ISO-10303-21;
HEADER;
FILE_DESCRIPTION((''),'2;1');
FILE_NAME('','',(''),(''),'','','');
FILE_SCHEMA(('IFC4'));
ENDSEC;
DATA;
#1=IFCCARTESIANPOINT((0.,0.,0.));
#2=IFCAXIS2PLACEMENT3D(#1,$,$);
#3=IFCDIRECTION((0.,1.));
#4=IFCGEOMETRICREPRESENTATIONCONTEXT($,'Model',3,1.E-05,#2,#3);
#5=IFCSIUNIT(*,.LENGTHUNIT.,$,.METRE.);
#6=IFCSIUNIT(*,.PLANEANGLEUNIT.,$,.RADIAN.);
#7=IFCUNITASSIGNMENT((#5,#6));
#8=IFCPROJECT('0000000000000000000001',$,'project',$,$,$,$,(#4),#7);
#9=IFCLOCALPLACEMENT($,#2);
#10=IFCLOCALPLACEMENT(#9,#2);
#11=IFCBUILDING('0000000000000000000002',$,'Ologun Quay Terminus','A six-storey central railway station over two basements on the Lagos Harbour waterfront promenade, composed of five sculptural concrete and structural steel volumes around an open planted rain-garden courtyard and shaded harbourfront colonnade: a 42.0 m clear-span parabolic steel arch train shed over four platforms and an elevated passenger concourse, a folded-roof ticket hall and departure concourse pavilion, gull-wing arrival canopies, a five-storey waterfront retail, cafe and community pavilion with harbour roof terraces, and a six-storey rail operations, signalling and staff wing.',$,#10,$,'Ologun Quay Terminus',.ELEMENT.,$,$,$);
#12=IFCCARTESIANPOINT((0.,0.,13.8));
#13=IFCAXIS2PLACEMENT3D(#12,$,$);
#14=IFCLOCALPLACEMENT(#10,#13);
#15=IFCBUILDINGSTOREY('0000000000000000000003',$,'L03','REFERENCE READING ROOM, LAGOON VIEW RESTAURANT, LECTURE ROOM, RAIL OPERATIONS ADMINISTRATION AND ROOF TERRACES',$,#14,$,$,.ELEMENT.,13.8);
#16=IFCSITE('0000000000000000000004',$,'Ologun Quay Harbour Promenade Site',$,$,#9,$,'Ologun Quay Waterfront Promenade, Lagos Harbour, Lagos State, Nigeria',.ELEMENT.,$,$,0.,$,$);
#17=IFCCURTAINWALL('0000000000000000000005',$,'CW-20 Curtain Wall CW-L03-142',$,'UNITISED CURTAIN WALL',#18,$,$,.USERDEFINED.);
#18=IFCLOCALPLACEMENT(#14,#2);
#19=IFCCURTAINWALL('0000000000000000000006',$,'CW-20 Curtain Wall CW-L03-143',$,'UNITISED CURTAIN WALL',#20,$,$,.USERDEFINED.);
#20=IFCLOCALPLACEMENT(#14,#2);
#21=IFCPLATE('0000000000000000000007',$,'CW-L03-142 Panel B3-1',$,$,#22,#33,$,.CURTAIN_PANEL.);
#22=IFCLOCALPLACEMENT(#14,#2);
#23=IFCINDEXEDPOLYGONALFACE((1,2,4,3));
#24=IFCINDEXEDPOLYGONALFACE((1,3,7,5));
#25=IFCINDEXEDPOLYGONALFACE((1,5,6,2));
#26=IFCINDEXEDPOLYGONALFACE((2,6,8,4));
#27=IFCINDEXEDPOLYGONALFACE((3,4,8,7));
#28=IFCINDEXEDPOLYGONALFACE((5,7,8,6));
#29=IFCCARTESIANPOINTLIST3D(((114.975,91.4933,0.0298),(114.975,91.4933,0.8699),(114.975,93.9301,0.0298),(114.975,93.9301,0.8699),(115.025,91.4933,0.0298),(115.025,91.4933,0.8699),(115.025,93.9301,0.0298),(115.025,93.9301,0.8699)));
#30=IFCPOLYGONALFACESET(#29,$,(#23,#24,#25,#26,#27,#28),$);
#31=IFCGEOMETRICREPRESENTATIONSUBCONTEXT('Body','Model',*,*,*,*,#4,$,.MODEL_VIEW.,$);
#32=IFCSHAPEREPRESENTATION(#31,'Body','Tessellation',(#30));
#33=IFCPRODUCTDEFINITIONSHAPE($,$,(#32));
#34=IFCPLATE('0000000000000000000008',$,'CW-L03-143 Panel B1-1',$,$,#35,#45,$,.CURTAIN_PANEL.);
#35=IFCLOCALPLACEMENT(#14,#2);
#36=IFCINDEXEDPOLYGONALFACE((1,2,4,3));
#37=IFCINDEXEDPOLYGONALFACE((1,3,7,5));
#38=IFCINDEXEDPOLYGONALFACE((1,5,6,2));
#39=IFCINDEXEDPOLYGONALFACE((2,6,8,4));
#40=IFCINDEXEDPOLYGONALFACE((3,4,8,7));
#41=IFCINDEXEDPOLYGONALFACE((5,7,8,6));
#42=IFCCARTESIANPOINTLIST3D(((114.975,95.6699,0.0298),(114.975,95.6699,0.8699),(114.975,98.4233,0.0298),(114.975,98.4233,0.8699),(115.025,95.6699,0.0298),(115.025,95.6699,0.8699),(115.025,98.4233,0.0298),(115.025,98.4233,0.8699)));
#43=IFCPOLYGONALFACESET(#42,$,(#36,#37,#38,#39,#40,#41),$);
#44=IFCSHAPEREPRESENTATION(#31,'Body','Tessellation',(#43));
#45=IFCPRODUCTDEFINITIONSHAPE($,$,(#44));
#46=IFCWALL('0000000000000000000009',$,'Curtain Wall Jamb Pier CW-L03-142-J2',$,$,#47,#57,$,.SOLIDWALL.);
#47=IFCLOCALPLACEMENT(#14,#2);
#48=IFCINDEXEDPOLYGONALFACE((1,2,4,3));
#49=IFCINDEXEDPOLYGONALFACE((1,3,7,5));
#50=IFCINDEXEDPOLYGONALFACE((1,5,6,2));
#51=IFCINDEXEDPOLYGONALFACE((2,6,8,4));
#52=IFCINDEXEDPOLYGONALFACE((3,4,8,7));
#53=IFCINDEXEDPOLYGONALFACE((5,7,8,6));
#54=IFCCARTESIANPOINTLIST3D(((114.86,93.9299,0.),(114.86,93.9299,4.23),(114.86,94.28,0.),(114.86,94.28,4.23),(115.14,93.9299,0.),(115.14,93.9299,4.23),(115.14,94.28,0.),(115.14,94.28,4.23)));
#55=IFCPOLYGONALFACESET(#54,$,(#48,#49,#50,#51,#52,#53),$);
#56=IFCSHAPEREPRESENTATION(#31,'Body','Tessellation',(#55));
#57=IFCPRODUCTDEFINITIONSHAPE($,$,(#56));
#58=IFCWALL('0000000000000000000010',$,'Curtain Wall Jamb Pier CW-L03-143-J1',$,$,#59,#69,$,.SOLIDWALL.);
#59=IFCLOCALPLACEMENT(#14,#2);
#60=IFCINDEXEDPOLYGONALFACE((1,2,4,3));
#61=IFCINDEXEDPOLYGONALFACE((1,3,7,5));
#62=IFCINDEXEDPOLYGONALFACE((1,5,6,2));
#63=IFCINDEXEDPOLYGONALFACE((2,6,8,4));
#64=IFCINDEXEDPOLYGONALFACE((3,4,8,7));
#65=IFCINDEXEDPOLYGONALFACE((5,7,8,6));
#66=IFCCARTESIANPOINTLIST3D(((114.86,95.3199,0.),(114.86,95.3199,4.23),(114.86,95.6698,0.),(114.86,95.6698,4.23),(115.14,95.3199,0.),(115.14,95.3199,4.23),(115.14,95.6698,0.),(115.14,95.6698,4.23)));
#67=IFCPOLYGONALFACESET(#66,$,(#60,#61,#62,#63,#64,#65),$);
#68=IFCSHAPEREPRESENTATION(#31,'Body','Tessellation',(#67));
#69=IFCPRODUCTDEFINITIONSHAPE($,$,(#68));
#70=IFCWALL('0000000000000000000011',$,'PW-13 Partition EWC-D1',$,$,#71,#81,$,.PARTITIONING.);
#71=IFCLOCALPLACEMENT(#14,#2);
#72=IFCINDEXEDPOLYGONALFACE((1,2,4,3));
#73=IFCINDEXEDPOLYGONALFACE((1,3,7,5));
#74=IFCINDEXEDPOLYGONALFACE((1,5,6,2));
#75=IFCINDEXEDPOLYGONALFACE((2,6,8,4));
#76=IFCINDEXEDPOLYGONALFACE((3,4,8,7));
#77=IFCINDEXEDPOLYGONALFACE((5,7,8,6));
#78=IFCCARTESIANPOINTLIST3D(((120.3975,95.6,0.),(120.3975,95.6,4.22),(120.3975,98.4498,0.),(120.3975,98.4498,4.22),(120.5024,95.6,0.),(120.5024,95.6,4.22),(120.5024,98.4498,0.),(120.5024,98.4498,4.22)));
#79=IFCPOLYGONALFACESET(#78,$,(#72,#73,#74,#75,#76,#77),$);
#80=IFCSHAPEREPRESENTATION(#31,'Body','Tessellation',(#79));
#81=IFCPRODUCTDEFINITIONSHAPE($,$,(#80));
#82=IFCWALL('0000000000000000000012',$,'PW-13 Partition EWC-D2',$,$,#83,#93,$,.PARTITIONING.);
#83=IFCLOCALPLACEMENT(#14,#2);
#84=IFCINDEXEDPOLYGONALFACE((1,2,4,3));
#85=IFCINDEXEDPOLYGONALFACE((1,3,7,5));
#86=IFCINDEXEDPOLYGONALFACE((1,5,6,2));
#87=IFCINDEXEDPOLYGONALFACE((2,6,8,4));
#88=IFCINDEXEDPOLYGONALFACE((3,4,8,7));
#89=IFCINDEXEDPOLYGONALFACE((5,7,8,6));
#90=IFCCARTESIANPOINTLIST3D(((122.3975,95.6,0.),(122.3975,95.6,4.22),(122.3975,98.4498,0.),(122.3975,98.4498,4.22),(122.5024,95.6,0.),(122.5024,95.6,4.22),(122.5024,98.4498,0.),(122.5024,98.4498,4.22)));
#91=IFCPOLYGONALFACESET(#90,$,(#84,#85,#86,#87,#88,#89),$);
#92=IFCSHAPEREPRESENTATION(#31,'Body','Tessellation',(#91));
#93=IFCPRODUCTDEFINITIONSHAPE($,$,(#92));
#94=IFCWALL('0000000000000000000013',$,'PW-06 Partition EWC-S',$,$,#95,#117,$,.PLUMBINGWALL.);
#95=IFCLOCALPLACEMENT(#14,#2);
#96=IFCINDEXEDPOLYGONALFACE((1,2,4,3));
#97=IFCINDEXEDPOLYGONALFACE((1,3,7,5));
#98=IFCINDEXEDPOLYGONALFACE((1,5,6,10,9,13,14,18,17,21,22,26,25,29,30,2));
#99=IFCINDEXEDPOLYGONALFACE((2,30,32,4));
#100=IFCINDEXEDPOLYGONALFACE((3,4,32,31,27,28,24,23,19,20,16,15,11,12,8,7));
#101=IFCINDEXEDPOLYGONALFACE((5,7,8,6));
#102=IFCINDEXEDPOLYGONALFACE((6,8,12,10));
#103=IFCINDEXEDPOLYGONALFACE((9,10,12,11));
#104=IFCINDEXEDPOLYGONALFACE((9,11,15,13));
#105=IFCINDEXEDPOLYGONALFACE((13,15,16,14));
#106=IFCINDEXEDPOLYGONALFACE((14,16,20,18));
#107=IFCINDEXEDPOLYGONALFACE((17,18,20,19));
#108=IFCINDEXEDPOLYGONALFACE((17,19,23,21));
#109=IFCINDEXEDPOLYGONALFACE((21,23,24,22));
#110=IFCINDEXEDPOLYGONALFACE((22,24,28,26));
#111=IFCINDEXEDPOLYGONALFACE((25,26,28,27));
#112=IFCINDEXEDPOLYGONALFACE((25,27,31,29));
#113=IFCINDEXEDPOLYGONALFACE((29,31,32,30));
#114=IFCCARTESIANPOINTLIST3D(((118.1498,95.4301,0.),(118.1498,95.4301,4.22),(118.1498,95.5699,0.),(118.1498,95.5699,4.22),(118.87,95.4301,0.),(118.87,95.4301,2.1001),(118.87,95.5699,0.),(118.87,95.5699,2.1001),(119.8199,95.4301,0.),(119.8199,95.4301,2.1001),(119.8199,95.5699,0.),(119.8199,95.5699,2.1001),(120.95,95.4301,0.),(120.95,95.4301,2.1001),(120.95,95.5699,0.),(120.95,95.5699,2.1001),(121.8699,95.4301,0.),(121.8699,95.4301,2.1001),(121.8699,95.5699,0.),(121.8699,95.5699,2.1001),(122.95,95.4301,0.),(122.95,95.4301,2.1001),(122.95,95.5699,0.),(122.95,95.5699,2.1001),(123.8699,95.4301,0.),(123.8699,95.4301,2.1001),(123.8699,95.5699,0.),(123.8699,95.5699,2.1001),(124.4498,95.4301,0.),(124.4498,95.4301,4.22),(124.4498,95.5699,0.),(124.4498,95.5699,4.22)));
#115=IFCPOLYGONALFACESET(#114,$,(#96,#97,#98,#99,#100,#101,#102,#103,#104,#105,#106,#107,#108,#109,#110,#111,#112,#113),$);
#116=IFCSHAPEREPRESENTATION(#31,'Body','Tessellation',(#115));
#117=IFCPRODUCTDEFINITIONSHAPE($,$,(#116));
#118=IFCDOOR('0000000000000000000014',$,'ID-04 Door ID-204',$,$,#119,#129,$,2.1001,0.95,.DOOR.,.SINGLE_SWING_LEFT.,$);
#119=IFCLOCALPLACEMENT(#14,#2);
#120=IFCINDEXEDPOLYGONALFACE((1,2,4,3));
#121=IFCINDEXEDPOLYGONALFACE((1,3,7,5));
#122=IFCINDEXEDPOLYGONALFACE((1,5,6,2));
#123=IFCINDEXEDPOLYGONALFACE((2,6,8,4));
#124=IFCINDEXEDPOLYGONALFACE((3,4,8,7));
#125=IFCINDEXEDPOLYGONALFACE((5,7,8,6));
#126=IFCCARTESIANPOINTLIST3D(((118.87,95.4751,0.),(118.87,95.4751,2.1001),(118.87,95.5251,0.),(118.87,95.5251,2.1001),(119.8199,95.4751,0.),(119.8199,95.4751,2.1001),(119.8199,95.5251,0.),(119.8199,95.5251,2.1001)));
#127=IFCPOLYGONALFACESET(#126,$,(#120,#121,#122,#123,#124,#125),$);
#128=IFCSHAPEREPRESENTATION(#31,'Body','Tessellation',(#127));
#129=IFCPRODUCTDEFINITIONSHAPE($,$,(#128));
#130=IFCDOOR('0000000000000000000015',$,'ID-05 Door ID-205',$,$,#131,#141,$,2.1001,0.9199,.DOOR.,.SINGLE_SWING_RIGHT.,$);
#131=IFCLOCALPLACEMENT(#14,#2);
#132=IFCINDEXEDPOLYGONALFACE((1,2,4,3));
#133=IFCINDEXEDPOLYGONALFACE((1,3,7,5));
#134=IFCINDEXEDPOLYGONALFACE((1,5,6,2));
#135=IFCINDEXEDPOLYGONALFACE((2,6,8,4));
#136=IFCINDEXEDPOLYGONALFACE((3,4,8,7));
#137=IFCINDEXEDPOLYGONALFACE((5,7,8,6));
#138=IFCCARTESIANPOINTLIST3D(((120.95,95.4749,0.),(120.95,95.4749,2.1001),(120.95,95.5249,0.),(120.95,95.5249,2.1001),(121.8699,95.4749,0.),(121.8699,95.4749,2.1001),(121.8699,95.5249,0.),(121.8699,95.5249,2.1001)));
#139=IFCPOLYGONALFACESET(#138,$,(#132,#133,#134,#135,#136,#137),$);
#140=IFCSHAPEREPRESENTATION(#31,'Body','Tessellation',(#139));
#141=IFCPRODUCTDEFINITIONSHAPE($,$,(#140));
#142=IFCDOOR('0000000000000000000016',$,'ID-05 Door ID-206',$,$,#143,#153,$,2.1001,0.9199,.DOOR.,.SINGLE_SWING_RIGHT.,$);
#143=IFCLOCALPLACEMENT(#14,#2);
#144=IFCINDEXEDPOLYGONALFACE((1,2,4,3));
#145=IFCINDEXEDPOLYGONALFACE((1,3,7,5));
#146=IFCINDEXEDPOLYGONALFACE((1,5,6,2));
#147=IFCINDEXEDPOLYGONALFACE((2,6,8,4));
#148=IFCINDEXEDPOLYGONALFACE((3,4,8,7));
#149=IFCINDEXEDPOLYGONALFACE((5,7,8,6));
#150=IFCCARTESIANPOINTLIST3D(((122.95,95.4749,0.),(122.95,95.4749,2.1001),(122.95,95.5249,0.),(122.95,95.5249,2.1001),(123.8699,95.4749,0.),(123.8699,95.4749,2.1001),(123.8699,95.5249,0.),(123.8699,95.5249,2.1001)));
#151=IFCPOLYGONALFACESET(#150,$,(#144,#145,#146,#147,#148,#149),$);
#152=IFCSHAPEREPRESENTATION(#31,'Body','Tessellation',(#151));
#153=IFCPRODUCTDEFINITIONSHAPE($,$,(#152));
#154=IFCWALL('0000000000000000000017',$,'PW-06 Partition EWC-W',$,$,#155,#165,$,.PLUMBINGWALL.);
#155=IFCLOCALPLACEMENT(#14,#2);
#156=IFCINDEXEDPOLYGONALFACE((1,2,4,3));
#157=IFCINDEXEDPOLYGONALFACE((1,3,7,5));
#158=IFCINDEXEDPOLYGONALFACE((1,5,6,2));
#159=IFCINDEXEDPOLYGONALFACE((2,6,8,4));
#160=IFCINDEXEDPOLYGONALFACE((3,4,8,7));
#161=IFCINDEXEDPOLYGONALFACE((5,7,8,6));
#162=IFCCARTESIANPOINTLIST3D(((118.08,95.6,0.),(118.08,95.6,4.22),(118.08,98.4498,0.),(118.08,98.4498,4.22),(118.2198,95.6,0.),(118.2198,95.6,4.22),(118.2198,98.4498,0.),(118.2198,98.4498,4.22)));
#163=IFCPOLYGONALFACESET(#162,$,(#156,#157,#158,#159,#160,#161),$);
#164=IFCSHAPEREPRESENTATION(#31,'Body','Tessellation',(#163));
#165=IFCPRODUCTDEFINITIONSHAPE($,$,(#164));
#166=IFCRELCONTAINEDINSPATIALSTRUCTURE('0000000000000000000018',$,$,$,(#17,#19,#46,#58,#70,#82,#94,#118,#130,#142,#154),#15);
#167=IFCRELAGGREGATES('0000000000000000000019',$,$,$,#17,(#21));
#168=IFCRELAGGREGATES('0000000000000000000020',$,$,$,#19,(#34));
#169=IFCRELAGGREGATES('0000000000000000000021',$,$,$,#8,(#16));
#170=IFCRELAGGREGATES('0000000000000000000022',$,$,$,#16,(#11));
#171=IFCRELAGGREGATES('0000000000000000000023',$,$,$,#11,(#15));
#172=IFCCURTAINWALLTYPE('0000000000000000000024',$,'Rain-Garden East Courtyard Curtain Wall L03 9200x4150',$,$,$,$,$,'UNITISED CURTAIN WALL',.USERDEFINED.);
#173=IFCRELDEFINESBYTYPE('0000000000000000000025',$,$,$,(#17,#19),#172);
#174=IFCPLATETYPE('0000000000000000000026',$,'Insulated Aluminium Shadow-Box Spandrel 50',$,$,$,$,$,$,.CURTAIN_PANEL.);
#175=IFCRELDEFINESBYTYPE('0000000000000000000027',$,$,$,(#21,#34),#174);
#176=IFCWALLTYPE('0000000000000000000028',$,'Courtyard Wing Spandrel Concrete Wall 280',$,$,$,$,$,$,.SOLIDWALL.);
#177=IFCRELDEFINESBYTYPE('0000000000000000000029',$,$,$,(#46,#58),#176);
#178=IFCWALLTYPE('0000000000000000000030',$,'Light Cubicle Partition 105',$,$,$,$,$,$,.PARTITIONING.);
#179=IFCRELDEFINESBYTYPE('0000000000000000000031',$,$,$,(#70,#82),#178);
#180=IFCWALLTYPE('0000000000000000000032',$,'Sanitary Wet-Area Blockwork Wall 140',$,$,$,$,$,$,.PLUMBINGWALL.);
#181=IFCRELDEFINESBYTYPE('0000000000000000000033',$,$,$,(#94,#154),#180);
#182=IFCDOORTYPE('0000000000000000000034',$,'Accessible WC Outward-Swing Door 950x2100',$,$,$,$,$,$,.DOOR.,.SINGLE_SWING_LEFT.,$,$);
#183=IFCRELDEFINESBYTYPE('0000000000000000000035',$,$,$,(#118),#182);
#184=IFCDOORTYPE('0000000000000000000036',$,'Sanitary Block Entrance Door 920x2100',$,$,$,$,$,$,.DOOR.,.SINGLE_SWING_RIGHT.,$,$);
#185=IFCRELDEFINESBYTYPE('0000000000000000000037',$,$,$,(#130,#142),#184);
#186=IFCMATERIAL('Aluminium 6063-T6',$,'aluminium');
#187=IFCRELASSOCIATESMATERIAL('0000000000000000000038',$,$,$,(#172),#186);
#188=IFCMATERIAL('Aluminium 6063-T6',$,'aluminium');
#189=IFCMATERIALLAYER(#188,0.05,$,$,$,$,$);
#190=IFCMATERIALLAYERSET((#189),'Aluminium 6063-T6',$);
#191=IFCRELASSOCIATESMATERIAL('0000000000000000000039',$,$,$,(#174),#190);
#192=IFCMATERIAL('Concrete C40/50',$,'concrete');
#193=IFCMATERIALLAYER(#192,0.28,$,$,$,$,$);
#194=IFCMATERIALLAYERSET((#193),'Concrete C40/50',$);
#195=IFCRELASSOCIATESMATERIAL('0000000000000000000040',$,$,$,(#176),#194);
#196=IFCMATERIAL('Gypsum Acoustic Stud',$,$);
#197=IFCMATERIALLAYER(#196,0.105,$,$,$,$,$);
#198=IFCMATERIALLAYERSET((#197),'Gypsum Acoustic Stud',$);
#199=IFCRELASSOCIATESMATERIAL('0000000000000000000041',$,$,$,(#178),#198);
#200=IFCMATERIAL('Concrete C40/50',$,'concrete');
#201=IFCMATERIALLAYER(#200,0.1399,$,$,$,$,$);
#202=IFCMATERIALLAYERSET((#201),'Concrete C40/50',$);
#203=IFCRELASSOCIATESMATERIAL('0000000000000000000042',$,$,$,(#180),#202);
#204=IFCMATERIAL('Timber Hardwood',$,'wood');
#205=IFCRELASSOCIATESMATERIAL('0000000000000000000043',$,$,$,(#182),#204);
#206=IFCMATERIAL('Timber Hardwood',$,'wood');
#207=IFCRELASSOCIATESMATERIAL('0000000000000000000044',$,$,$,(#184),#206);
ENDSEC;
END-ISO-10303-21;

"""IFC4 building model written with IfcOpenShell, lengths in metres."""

from ifc_helpers import new_model, si_unit, direction, frame, frame_2d, origin, origin_2d, place, context, subcontext, project, spatial, rectangle, extrude, material, layer, layer_set, type_object, element, fill, aggregate, save


model = new_model("IFC4")

# Units and contexts
model_context = context("Model", 3, precision=1e-05, world=origin(), true_north=direction((0.0, 1.0)))
body_context = subcontext(model_context, "Body", "Model", "MODEL_VIEW")
ifc_project = project(units=[si_unit("LENGTHUNIT", "METRE"), si_unit("PLANEANGLEUNIT", "RADIAN")], contexts=[model_context])

# Site, building, storey
site_placement = place(None, origin())
site = spatial("IfcSite", under=ifc_project, at=site_placement, Name="Ologun Quay Harbour Promenade Site", LongName="Ologun Quay Waterfront Promenade, Lagos Harbour, Lagos State, Nigeria", CompositionType="ELEMENT", RefElevation=0.0)
building_placement = place(site_placement, origin())
building = spatial("IfcBuilding", under=site, at=building_placement, Name="Ologun Quay Terminus", Description="A six-storey central railway station over two basements on the Lagos Harbour waterfront promenade, composed of five sculptural concrete and structural steel volumes around an open planted rain-garden courtyard and shaded harbourfront colonnade: a 42.0 m clear-span parabolic steel arch train shed over four platforms and an elevated passenger concourse, a folded-roof ticket hall and departure concourse pavilion, gull-wing arrival canopies, a five-storey waterfront retail, cafe and community pavilion with harbour roof terraces, and a six-storey rail operations, signalling and staff wing.", LongName="Ologun Quay Terminus", CompositionType="ELEMENT")
storey_placement = place(building_placement, frame((0.0, 0.0, 13.8)))
storey = spatial("IfcBuildingStorey", under=building, at=storey_placement, Name="L03", Description="REFERENCE READING ROOM, LAGOON VIEW RESTAURANT, LECTURE ROOM, RAIL OPERATIONS ADMINISTRATION AND ROOF TERRACES", CompositionType="ELEMENT", Elevation=13.8)

# Curtain wall
ifc_material_1 = material(Name="Aluminium 6063-T6", Category="aluminium")
curtain_wall_type = type_object("IfcCurtainWallType", Name="Rain-Garden East Courtyard Curtain Wall L03 9200x4150", ElementType="UNITISED CURTAIN WALL", PredefinedType="USERDEFINED", material=ifc_material_1)
curtain_wall_1_placement = place(storey_placement, origin())
curtain_wall_1 = element("IfcCurtainWall", 1, at=curtain_wall_1_placement, inside=storey, type_object=curtain_wall_type, Name="CW-20 Curtain Wall CW-L03-142", ObjectType="UNITISED CURTAIN WALL", PredefinedType="USERDEFINED")

# Curtain wall
curtain_wall_2_placement = place(storey_placement, origin())
curtain_wall_2 = element("IfcCurtainWall", 2, at=curtain_wall_2_placement, inside=storey, type_object=curtain_wall_type, Name="CW-20 Curtain Wall CW-L03-143", ObjectType="UNITISED CURTAIN WALL", PredefinedType="USERDEFINED")

# Plates
ifc_material_2 = material(Name="Aluminium 6063-T6", Category="aluminium")
ifc_layer_1 = layer(ifc_material_2, 0.05)
ifc_layer_set_1 = layer_set([ifc_layer_1], Name="Aluminium 6063-T6")
plate_type_1 = type_object("IfcPlateType", Name="Insulated Aluminium Shadow-Box Spandrel 50", PredefinedType="CURTAIN_PANEL", material=ifc_layer_set_1)
plate_1_placement = place(storey_placement, frame((115.0, 92.7117, 0.0298), z_axis=(0.0, 0.0, 1.0), x_axis=(0.0, 1.0, 0.0)))
plate_1 = element("IfcPlate", 3, at=plate_1_placement, type_object=plate_type_1, Name="CW-L03-142 Panel B3-1", PredefinedType="CURTAIN_PANEL", context=body_context, shape_type="SweptSolid", body=[
    extrude(rectangle(XDim=2.4368, YDim=0.05, at=origin_2d()), origin(), (0.0, 0.0, 1.0), 0.8401),
])
aggregate(curtain_wall_1, [plate_1])
plate_2_placement = place(storey_placement, frame((115.0, 97.0466, 0.0298), z_axis=(0.0, 0.0, 1.0), x_axis=(0.0, 1.0, 0.0)))
plate_2 = element("IfcPlate", 4, at=plate_2_placement, type_object=plate_type_1, Name="CW-L03-143 Panel B1-1", PredefinedType="CURTAIN_PANEL", context=body_context, shape_type="SweptSolid", body=[
    extrude(rectangle(XDim=2.7534, YDim=0.05, at=origin_2d()), origin(), (0.0, 0.0, 1.0), 0.8401),
])
aggregate(curtain_wall_2, [plate_2])

# Walls
ifc_material_3 = material(Name="Concrete C40/50", Category="concrete")
ifc_layer_2 = layer(ifc_material_3, 0.28)
ifc_layer_set_2 = layer_set([ifc_layer_2], Name="Concrete C40/50")
wall_type_1 = type_object("IfcWallType", Name="Courtyard Wing Spandrel Concrete Wall 280", PredefinedType="SOLIDWALL", material=ifc_layer_set_2)
wall_1_placement = place(storey_placement, frame((115.0, 93.9299, 0.0), z_axis=(0.0, 0.0, 1.0), x_axis=(0.0, 1.0, 0.0)))
element("IfcWall", 5, at=wall_1_placement, inside=storey, type_object=wall_type_1, Name="Curtain Wall Jamb Pier CW-L03-142-J2", PredefinedType="SOLIDWALL", context=body_context, shape_type="SweptSolid", body=[
    extrude(rectangle(XDim=0.3501, YDim=0.28, at=frame_2d((0.175, 0.0))), origin(), (0.0, 0.0, 1.0), 4.23),
])
wall_2_placement = place(storey_placement, frame((115.0, 95.3201, 0.0), z_axis=(0.0, 0.0, 1.0), x_axis=(0.0, 1.0, 0.0)))
element("IfcWall", 6, at=wall_2_placement, inside=storey, type_object=wall_type_1, Name="Curtain Wall Jamb Pier CW-L03-143-J1", PredefinedType="SOLIDWALL", context=body_context, shape_type="SweptSolid", body=[
    extrude(rectangle(XDim=0.3499, YDim=0.28, at=frame_2d((0.1748, 0.0))), origin(), (0.0, 0.0, 1.0), 4.23),
])
ifc_material_4 = material(Name="Gypsum Acoustic Stud")
ifc_layer_3 = layer(ifc_material_4, 0.105)
ifc_layer_set_3 = layer_set([ifc_layer_3], Name="Gypsum Acoustic Stud")
wall_type_2 = type_object("IfcWallType", Name="Light Cubicle Partition 105", PredefinedType="PARTITIONING", material=ifc_layer_set_3)
for number, where, z_axis, x_axis, name in (
    (7, (120.45, 95.6001, 0.0), (0.0, 0.0, 1.0), (0.0, 1.0, 0.0), "PW-13 Partition EWC-D1"),
    (8, (122.45, 95.6001, 0.0), (0.0, 0.0, 1.0), (0.0, 1.0, 0.0), "PW-13 Partition EWC-D2"),
):
    element("IfcWall", number, at=place(storey_placement, frame(where, z_axis=z_axis, x_axis=x_axis)), inside=storey, type_object=wall_type_2, Name=name, PredefinedType="PARTITIONING", context=body_context, shape_type="SweptSolid", body=[
        extrude(rectangle(XDim=2.8499, YDim=0.105, at=frame_2d((1.4248, 0.0))), origin(), (0.0, 0.0, 1.0), 4.22),
    ])

# Wall, openings, doors
ifc_material_5 = material(Name="Concrete C40/50", Category="concrete")
ifc_layer_4 = layer(ifc_material_5, 0.1399)
ifc_layer_set_4 = layer_set([ifc_layer_4], Name="Concrete C40/50")
wall_type_3 = type_object("IfcWallType", Name="Sanitary Wet-Area Blockwork Wall 140", PredefinedType="PLUMBINGWALL", material=ifc_layer_set_4)
wall_3_placement = place(storey_placement, frame((118.1499, 95.5, 0.0), z_axis=(0.0, 0.0, 1.0), x_axis=(1.0, 0.0, 0.0)))
wall_3 = element("IfcWall", 9, at=wall_3_placement, inside=storey, type_object=wall_type_3, Name="PW-06 Partition EWC-S", PredefinedType="PLUMBINGWALL", context=body_context, shape_type="SweptSolid", body=[
    extrude(rectangle(XDim=6.3, YDim=0.1399, at=frame_2d((3.1499, 0.0))), origin(), (0.0, 0.0, 1.0), 4.22),
])
opening_1_placement = place(wall_3_placement, frame((0.72, 0.0, 0.0)))
opening_1 = element("IfcOpeningElement", 10, at=opening_1_placement, cuts=wall_3, PredefinedType="OPENING", context=body_context, shape_type="SweptSolid", body=[
    extrude(rectangle(XDim=0.95, YDim=2.1001, at=frame_2d((0.4751, 1.05))), frame((0.0, 0.0801, 0.0), z_axis=(0.0, -1.0, 0.0), x_axis=(1.0, 0.0, 0.0)), (0.0, 0.0, 1.0), 0.1599),
])
opening_2_placement = place(wall_3_placement, frame((2.8, 0.0, 0.0)))
opening_2 = element("IfcOpeningElement", 11, at=opening_2_placement, cuts=wall_3, PredefinedType="OPENING", context=body_context, shape_type="SweptSolid", body=[
    extrude(rectangle(XDim=0.9199, YDim=2.1001, at=frame_2d((0.46, 1.05))), frame((0.0, 0.0801, 0.0), z_axis=(0.0, -1.0, 0.0), x_axis=(1.0, 0.0, 0.0)), (0.0, 0.0, 1.0), 0.1599),
])
opening_3_placement = place(wall_3_placement, frame((4.8, 0.0, 0.0)))
opening_3 = element("IfcOpeningElement", 12, at=opening_3_placement, cuts=wall_3, PredefinedType="OPENING", context=body_context, shape_type="SweptSolid", body=[
    extrude(rectangle(XDim=0.9199, YDim=2.1001, at=frame_2d((0.46, 1.05))), frame((0.0, 0.0801, 0.0), z_axis=(0.0, -1.0, 0.0), x_axis=(1.0, 0.0, 0.0)), (0.0, 0.0, 1.0), 0.1599),
])
ifc_material_6 = material(Name="Timber Hardwood", Category="wood")
door_type_1 = type_object("IfcDoorType", Name="Accessible WC Outward-Swing Door 950x2100", OperationType="SINGLE_SWING_LEFT", PredefinedType="DOOR", material=ifc_material_6)
door_1_placement = place(opening_1_placement, frame((0.4751, 0.0, 0.0), z_axis=(0.0, 0.0, 1.0), x_axis=(-1.0, 0.0, 0.0)))
door_1 = element("IfcDoor", 13, at=door_1_placement, inside=storey, type_object=door_type_1, Name="ID-04 Door ID-204", OperationType="SINGLE_SWING_LEFT", OverallHeight=2.1001, OverallWidth=0.95, PredefinedType="DOOR", context=body_context, shape_type="SweptSolid", body=[
    extrude(rectangle(XDim=0.95, YDim=2.1001, at=frame_2d((0.0, 1.05))), frame((0.0, 0.0249, 0.0), z_axis=(0.0, -1.0, 0.0), x_axis=(1.0, 0.0, 0.0)), (0.0, 0.0, 1.0), 0.05),
])
fill(opening_1, door_1)
ifc_material_7 = material(Name="Timber Hardwood", Category="wood")
door_type_2 = type_object("IfcDoorType", Name="Sanitary Block Entrance Door 920x2100", OperationType="SINGLE_SWING_RIGHT", PredefinedType="DOOR", material=ifc_material_7)
door_2_placement = place(opening_2_placement, origin())
door_2 = element("IfcDoor", 14, at=door_2_placement, inside=storey, type_object=door_type_2, Name="ID-05 Door ID-205", OperationType="SINGLE_SWING_RIGHT", OverallHeight=2.1001, OverallWidth=0.9199, PredefinedType="DOOR", context=body_context, shape_type="SweptSolid", body=[
    extrude(rectangle(XDim=0.9199, YDim=2.1001, at=frame_2d((0.46, 1.05))), frame((0.0, 0.0249, 0.0), z_axis=(0.0, -1.0, 0.0), x_axis=(1.0, 0.0, 0.0)), (0.0, 0.0, 1.0), 0.05),
])
fill(opening_2, door_2)
door_3_placement = place(opening_3_placement, origin())
door_3 = element("IfcDoor", 15, at=door_3_placement, inside=storey, type_object=door_type_2, Name="ID-05 Door ID-206", OperationType="SINGLE_SWING_RIGHT", OverallHeight=2.1001, OverallWidth=0.9199, PredefinedType="DOOR", context=body_context, shape_type="SweptSolid", body=[
    extrude(rectangle(XDim=0.9199, YDim=2.1001, at=frame_2d((0.46, 1.05))), frame((0.0, 0.0249, 0.0), z_axis=(0.0, -1.0, 0.0), x_axis=(1.0, 0.0, 0.0)), (0.0, 0.0, 1.0), 0.05),
])
fill(opening_3, door_3)

# Wall
wall_4_placement = place(storey_placement, frame((118.1499, 95.6001, 0.0), z_axis=(0.0, 0.0, 1.0), x_axis=(0.0, 1.0, 0.0)))
element("IfcWall", 16, at=wall_4_placement, inside=storey, type_object=wall_type_3, Name="PW-06 Partition EWC-W", PredefinedType="PLUMBINGWALL", context=body_context, shape_type="SweptSolid", body=[
    extrude(rectangle(XDim=2.8499, YDim=0.1399, at=frame_2d((1.4248, 0.0))), origin(), (0.0, 0.0, 1.0), 4.22),
])

save(model, "model.ifc")
